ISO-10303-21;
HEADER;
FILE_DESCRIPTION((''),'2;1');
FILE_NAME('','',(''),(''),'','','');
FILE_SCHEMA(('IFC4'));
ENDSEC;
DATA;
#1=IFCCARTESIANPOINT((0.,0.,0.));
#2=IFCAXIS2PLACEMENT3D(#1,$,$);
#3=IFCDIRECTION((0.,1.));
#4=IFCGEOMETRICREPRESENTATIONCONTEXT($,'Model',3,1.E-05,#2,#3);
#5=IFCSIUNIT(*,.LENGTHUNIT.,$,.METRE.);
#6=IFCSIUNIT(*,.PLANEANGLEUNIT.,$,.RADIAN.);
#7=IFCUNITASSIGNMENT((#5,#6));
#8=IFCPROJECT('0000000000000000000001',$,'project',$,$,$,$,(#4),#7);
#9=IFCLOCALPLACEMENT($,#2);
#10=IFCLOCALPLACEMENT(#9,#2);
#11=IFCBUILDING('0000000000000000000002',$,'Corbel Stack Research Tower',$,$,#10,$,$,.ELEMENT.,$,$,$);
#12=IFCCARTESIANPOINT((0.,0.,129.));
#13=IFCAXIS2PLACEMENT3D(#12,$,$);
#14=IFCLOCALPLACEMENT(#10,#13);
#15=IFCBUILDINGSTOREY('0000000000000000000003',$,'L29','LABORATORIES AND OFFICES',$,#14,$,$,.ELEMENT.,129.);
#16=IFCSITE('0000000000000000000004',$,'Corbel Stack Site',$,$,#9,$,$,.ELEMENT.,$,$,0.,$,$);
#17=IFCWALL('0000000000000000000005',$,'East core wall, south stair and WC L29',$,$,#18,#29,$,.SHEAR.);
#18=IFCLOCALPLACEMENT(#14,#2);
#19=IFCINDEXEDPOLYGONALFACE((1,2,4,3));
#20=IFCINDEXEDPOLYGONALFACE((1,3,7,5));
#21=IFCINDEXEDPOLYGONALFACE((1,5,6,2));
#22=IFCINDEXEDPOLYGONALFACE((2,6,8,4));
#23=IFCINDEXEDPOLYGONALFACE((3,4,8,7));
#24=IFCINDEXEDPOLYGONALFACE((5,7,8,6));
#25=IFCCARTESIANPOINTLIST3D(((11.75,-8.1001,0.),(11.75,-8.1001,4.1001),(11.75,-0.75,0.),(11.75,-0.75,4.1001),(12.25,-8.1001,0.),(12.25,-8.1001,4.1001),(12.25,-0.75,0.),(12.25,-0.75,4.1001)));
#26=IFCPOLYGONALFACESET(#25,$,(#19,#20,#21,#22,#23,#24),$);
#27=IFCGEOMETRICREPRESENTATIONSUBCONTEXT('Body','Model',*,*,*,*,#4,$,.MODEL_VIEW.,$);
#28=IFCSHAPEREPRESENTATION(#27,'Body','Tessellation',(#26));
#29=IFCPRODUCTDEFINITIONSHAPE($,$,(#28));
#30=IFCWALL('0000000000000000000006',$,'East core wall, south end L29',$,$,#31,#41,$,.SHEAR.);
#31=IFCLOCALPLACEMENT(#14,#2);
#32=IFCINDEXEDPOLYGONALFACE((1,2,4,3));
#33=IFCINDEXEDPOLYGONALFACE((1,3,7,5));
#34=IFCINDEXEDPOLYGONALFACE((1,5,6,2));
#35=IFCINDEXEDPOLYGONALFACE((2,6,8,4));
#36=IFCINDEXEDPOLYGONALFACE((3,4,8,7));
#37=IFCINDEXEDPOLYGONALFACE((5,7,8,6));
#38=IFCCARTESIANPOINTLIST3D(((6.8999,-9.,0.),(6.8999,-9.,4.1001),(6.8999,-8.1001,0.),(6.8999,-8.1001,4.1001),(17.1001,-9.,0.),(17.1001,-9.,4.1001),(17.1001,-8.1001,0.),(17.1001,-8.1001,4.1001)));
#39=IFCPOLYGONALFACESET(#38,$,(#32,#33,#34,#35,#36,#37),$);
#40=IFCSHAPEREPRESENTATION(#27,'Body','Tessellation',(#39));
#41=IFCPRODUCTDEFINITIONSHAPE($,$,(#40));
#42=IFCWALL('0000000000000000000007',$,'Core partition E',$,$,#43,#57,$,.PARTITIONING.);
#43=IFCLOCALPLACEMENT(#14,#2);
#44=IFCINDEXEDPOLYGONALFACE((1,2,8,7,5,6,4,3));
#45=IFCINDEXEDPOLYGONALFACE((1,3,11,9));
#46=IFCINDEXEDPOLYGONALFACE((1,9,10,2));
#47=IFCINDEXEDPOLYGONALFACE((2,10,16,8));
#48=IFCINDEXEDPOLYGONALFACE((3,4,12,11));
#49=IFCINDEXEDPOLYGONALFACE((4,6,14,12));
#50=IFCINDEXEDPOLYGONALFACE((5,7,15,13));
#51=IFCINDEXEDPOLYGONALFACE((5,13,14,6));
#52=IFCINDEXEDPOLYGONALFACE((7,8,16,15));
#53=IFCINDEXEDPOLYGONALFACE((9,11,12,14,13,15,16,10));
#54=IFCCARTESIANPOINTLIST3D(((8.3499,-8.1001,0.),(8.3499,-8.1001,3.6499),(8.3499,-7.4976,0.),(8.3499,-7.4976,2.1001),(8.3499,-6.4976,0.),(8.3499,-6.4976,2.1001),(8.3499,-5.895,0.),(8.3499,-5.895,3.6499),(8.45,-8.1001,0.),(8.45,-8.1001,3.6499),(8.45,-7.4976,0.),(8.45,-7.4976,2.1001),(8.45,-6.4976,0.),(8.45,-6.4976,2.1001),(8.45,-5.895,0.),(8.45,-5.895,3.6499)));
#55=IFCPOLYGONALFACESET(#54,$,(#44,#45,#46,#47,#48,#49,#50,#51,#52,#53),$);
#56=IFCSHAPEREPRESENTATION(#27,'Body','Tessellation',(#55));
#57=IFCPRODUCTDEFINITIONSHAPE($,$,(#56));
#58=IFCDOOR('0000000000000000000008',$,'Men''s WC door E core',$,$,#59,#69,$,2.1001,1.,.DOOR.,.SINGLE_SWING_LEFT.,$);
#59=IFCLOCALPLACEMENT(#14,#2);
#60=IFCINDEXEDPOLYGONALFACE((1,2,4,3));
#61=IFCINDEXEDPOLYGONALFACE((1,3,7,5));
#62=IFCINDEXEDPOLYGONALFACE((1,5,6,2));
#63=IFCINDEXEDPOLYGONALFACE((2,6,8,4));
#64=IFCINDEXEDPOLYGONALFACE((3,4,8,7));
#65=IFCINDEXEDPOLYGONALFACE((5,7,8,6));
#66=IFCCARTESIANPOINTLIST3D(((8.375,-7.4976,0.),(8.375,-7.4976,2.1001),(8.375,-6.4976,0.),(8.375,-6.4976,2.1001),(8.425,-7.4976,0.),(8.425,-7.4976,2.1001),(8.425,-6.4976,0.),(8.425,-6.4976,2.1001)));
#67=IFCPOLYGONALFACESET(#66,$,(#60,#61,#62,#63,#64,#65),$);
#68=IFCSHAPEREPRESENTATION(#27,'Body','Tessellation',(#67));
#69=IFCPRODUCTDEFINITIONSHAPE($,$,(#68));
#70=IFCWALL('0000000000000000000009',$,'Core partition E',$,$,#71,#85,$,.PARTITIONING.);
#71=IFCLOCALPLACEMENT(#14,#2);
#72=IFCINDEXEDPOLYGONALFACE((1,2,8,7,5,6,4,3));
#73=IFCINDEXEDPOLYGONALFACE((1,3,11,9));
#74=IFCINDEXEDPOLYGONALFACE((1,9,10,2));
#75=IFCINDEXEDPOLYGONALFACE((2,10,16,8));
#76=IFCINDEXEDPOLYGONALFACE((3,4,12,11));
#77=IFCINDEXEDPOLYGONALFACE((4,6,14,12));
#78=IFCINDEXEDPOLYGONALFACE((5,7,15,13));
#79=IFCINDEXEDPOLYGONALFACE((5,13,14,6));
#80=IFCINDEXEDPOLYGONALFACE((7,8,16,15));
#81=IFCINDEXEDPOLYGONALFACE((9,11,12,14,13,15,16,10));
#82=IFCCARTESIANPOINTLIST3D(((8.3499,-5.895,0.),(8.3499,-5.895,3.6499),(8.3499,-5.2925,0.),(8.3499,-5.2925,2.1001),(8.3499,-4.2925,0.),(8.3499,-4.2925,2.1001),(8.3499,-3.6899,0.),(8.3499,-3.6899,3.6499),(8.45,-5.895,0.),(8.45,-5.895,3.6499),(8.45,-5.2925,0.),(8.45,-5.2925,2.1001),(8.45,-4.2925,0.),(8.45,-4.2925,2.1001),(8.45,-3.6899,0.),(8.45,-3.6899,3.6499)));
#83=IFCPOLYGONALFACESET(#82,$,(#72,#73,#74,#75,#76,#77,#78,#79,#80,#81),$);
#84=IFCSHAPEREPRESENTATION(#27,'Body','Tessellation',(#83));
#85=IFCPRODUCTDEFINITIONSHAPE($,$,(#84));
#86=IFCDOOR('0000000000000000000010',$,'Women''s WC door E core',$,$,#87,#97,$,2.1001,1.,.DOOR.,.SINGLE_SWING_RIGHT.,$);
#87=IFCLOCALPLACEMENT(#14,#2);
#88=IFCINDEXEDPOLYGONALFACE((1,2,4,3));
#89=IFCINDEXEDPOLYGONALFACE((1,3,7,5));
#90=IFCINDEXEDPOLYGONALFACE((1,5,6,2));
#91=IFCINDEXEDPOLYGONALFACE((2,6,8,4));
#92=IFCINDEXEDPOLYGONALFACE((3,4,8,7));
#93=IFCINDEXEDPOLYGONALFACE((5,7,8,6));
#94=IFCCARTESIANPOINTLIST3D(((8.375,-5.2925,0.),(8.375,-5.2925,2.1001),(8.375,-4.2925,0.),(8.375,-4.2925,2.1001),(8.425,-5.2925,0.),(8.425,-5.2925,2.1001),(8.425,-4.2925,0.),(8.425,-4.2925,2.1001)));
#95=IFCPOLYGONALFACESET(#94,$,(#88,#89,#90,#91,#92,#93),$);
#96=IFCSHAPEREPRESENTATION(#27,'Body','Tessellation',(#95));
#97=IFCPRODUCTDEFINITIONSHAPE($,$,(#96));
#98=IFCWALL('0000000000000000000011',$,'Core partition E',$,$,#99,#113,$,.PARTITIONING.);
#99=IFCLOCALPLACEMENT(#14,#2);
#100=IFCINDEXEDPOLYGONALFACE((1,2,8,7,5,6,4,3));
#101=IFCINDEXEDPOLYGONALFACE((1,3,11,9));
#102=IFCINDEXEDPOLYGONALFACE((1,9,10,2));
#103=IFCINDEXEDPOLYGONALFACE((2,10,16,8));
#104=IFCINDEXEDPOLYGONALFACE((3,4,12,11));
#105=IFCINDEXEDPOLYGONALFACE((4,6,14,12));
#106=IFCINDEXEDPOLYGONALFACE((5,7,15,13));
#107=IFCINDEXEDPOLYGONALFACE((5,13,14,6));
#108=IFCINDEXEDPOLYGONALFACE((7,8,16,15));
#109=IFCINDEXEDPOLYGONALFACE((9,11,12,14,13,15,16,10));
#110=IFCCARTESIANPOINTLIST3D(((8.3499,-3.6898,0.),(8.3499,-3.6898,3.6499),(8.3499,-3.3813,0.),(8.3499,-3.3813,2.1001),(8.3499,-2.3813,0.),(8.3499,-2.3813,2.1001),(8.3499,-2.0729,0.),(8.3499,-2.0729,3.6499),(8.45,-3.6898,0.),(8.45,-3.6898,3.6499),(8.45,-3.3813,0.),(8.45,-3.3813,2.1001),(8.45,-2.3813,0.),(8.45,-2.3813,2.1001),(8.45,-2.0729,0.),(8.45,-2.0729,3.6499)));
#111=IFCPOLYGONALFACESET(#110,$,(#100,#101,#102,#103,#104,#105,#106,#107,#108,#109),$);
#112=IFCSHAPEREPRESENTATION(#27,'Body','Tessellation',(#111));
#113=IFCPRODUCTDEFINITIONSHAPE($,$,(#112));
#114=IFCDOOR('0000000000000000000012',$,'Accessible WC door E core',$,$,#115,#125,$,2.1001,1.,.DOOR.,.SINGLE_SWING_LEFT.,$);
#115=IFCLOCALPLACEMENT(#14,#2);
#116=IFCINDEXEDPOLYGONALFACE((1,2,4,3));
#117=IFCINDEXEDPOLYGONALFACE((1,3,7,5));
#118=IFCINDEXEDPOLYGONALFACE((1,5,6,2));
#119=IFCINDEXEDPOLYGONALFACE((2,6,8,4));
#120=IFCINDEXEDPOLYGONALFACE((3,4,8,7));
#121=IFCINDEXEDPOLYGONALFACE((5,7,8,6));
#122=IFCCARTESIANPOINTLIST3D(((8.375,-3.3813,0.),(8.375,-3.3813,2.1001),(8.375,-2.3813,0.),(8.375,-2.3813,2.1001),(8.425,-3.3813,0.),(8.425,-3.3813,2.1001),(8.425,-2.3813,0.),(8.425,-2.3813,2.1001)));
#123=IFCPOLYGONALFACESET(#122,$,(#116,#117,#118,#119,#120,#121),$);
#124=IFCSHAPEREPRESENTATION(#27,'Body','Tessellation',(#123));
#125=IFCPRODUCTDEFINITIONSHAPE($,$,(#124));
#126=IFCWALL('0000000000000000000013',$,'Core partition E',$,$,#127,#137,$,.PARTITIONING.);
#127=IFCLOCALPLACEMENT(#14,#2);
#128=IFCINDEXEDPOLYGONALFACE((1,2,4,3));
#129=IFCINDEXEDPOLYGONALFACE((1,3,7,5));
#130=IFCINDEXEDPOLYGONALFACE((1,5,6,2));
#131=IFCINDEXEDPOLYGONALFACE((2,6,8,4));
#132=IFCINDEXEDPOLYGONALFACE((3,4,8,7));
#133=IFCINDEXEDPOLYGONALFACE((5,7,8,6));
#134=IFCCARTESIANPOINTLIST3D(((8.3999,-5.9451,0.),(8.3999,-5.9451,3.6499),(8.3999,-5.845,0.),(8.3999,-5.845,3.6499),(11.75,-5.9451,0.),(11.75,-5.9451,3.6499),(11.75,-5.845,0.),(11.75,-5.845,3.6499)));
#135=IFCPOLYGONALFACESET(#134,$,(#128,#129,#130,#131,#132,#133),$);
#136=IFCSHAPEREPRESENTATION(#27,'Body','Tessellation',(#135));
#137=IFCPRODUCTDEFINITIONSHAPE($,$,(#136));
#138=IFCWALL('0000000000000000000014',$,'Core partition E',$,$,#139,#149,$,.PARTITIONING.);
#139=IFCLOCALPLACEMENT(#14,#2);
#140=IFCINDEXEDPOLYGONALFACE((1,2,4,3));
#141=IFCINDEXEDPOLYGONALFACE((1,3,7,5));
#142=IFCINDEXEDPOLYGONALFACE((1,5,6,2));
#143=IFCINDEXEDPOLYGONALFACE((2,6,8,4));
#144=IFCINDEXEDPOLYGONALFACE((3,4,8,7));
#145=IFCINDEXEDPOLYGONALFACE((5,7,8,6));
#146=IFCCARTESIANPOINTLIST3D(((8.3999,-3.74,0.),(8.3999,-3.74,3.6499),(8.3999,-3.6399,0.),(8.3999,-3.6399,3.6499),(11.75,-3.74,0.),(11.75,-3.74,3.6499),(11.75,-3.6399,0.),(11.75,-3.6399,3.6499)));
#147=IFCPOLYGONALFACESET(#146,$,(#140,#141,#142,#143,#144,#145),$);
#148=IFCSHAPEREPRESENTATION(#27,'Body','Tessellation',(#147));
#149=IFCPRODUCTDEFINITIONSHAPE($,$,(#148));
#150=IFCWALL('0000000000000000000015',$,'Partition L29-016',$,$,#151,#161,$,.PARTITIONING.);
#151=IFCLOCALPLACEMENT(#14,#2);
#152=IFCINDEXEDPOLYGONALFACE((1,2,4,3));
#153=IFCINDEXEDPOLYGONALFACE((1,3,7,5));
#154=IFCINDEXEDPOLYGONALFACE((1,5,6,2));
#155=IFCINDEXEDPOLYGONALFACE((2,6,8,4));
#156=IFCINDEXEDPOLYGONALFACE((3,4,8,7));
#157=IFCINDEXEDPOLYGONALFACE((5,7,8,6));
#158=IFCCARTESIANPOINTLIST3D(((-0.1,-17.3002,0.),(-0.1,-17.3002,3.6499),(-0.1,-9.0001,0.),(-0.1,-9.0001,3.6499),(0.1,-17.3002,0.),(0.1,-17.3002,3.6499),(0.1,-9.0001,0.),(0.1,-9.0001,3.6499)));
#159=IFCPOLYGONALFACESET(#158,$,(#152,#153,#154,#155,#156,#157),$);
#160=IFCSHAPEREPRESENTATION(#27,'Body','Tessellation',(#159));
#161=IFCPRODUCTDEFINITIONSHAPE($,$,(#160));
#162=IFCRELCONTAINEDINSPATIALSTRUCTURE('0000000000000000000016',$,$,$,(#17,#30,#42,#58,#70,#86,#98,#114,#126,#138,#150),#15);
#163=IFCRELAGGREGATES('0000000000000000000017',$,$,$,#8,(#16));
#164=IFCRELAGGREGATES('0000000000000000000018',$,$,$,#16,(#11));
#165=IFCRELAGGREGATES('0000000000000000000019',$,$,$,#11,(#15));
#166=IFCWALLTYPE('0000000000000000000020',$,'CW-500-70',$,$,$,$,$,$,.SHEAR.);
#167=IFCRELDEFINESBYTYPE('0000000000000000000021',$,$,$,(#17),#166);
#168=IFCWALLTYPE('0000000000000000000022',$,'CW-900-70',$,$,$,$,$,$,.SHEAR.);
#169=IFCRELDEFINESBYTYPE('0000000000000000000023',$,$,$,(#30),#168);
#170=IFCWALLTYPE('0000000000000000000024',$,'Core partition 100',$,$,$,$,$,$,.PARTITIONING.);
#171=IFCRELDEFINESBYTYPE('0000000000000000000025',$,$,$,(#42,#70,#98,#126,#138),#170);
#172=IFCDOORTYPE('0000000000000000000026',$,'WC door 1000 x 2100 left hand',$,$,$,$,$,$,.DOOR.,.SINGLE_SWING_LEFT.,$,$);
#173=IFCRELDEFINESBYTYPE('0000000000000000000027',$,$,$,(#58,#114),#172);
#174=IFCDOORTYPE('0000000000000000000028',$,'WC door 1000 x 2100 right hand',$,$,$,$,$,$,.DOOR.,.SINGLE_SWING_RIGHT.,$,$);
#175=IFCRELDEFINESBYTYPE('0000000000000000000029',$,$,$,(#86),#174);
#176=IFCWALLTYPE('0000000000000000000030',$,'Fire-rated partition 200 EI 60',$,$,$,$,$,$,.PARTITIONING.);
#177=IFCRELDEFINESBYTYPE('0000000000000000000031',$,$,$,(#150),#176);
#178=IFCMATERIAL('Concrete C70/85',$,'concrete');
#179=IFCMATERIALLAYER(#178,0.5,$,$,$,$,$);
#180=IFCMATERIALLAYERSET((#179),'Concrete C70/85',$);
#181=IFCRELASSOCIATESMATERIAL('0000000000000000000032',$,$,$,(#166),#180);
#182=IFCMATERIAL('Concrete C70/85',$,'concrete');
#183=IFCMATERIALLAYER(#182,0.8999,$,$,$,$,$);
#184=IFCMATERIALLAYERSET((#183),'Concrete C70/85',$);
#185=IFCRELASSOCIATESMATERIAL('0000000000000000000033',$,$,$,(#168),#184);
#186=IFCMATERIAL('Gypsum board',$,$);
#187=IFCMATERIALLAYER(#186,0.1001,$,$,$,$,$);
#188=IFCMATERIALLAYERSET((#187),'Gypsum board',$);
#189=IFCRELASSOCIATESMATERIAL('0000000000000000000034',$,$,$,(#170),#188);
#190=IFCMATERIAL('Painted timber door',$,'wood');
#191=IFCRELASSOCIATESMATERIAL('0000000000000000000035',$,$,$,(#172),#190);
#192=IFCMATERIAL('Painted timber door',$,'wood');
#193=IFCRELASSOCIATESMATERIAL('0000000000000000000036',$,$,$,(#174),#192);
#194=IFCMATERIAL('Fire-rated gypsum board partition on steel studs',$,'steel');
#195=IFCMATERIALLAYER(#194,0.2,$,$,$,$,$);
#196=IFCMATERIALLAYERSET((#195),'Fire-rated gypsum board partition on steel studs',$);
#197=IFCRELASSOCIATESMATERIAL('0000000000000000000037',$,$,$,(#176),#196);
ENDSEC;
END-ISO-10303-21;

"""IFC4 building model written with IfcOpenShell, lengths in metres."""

from ifc_helpers import new_model, si_unit, direction, frame, frame_2d, origin, place, context, subcontext, project, spatial, rectangle, extrude, material, layer, layer_set, type_object, element, fill, save


model = new_model("IFC4")

# Units and contexts
model_context = context("Model", 3, precision=1e-05, world=origin(), true_north=direction((0.0, 1.0)))
body_context = subcontext(model_context, "Body", "Model", "MODEL_VIEW")
ifc_project = project(units=[si_unit("LENGTHUNIT", "METRE"), si_unit("PLANEANGLEUNIT", "RADIAN")], contexts=[model_context])

# Site, building, storey
site_placement = place(None, origin())
site = spatial("IfcSite", under=ifc_project, at=site_placement, Name="Corbel Stack Site", CompositionType="ELEMENT", RefElevation=0.0)
building_placement = place(site_placement, origin())
building = spatial("IfcBuilding", under=site, at=building_placement, Name="Corbel Stack Research Tower", CompositionType="ELEMENT")
storey_placement = place(building_placement, frame((0.0, 0.0, 129.0)))
storey = spatial("IfcBuildingStorey", under=building, at=storey_placement, Name="L29", Description="LABORATORIES AND OFFICES", CompositionType="ELEMENT", Elevation=129.0)

# Wall
ifc_material_1 = material(Name="Concrete C70/85", Category="concrete")
ifc_layer_1 = layer(ifc_material_1, 0.5)
ifc_layer_set_1 = layer_set([ifc_layer_1], Name="Concrete C70/85")
wall_type_1 = type_object("IfcWallType", Name="CW-500-70", PredefinedType="SHEAR", material=ifc_layer_set_1)
wall_1_placement = place(storey_placement, frame((12.0, -8.1001, 0.0), z_axis=(0.0, 0.0, 1.0), x_axis=(0.0, 1.0, 0.0)))
element("IfcWall", 1, at=wall_1_placement, inside=storey, type_object=wall_type_1, Name="East core wall, south stair and WC L29", PredefinedType="SHEAR", context=body_context, shape_type="SweptSolid", body=[
    extrude(rectangle(XDim=7.3501, YDim=0.5, at=frame_2d((3.675, 0.0))), origin(), (0.0, 0.0, 1.0), 4.1001),
])

# Shared definitions
ifc_material_2 = material(Name="Concrete C70/85", Category="concrete")
ifc_layer_2 = layer(ifc_material_2, 0.8999)
ifc_layer_set_2 = layer_set([ifc_layer_2], Name="Concrete C70/85")
wall_type_2 = type_object("IfcWallType", Name="CW-900-70", PredefinedType="SHEAR", material=ifc_layer_set_2)

# Wall
wall_2_placement = place(storey_placement, frame((6.8999, -8.55, 0.0), z_axis=(0.0, 0.0, 1.0), x_axis=(1.0, 0.0, 0.0)))
element("IfcWall", 2, at=wall_2_placement, inside=storey, type_object=wall_type_2, Name="East core wall, south end L29", PredefinedType="SHEAR", context=body_context, shape_type="SweptSolid", body=[
    extrude(rectangle(XDim=10.2002, YDim=0.8999, at=frame_2d((5.1001, 0.0))), origin(), (0.0, 0.0, 1.0), 4.1001),
])

# Walls, openings, doors
ifc_material_3 = material(Name="Gypsum board")
ifc_layer_3 = layer(ifc_material_3, 0.1001)
ifc_layer_set_3 = layer_set([ifc_layer_3], Name="Gypsum board")
wall_type_3 = type_object("IfcWallType", Name="Core partition 100", PredefinedType="PARTITIONING", material=ifc_layer_set_3)
wall_3_placement = place(storey_placement, frame((8.3999, -8.1001, 0.0), z_axis=(0.0, 0.0, 1.0), x_axis=(0.0, 1.0, 0.0)))
wall_3 = element("IfcWall", 3, at=wall_3_placement, inside=storey, type_object=wall_type_3, Name="Core partition E", PredefinedType="PARTITIONING", context=body_context, shape_type="SweptSolid", body=[
    extrude(rectangle(XDim=2.2051, YDim=0.1001, at=frame_2d((1.1025, 0.0))), origin(), (0.0, 0.0, 1.0), 3.6499),
])
opening_1_placement = place(wall_3_placement, frame((0.6025, 0.0, 0.0)))
opening_1 = element("IfcOpeningElement", 4, at=opening_1_placement, cuts=wall_3, PredefinedType="OPENING", context=body_context, shape_type="SweptSolid", body=[
    extrude(rectangle(XDim=1.0, YDim=2.1001, at=frame_2d((0.5, 1.05))), frame((0.0, 0.0601, 0.0), z_axis=(0.0, -1.0, 0.0), x_axis=(1.0, 0.0, 0.0)), (0.0, 0.0, 1.0), 0.1201),
])
ifc_material_4 = material(Name="Painted timber door", Category="wood")
door_type_1 = type_object("IfcDoorType", Name="WC door 1000 x 2100 left hand", OperationType="SINGLE_SWING_LEFT", PredefinedType="DOOR", material=ifc_material_4)
door_1_placement = place(opening_1_placement, origin())
door_1 = element("IfcDoor", 5, at=door_1_placement, inside=storey, type_object=door_type_1, Name="Men's WC door E core", OperationType="SINGLE_SWING_LEFT", OverallHeight=2.1001, OverallWidth=1.0, PredefinedType="DOOR", context=body_context, shape_type="SweptSolid", body=[
    extrude(rectangle(XDim=1.0, YDim=2.1001, at=frame_2d((0.5, 1.05))), frame((0.0, 0.0249, 0.0), z_axis=(0.0, -1.0, 0.0), x_axis=(1.0, 0.0, 0.0)), (0.0, 0.0, 1.0), 0.05),
])
fill(opening_1, door_1)
wall_4_placement = place(storey_placement, frame((8.3999, -5.895, 0.0), z_axis=(0.0, 0.0, 1.0), x_axis=(0.0, 1.0, 0.0)))
wall_4 = element("IfcWall", 6, at=wall_4_placement, inside=storey, type_object=wall_type_3, Name="Core partition E", PredefinedType="PARTITIONING", context=body_context, shape_type="SweptSolid", body=[
    extrude(rectangle(XDim=2.2051, YDim=0.1001, at=frame_2d((1.1025, 0.0))), origin(), (0.0, 0.0, 1.0), 3.6499),
])
opening_2_placement = place(wall_4_placement, frame((0.6025, 0.0, 0.0)))
opening_2 = element("IfcOpeningElement", 7, at=opening_2_placement, cuts=wall_4, PredefinedType="OPENING", context=body_context, shape_type="SweptSolid", body=[
    extrude(rectangle(XDim=1.0, YDim=2.1001, at=frame_2d((0.5, 1.05))), frame((0.0, 0.0601, 0.0), z_axis=(0.0, -1.0, 0.0), x_axis=(1.0, 0.0, 0.0)), (0.0, 0.0, 1.0), 0.1201),
])
ifc_material_5 = material(Name="Painted timber door", Category="wood")
door_type_2 = type_object("IfcDoorType", Name="WC door 1000 x 2100 right hand", OperationType="SINGLE_SWING_RIGHT", PredefinedType="DOOR", material=ifc_material_5)
door_2_placement = place(opening_2_placement, origin())
door_2 = element("IfcDoor", 8, at=door_2_placement, inside=storey, type_object=door_type_2, Name="Women's WC door E core", OperationType="SINGLE_SWING_RIGHT", OverallHeight=2.1001, OverallWidth=1.0, PredefinedType="DOOR", context=body_context, shape_type="SweptSolid", body=[
    extrude(rectangle(XDim=1.0, YDim=2.1001, at=frame_2d((0.5, 1.05))), frame((0.0, 0.0249, 0.0), z_axis=(0.0, -1.0, 0.0), x_axis=(1.0, 0.0, 0.0)), (0.0, 0.0, 1.0), 0.05),
])
fill(opening_2, door_2)
wall_5_placement = place(storey_placement, frame((8.3999, -3.6899, 0.0), z_axis=(0.0, 0.0, 1.0), x_axis=(0.0, 1.0, 0.0)))
wall_5 = element("IfcWall", 9, at=wall_5_placement, inside=storey, type_object=wall_type_3, Name="Core partition E", PredefinedType="PARTITIONING", context=body_context, shape_type="SweptSolid", body=[
    extrude(rectangle(XDim=1.6169, YDim=0.1001, at=frame_2d((0.8086, 0.0))), origin(), (0.0, 0.0, 1.0), 3.6499),
])
opening_3_placement = place(wall_5_placement, frame((0.3086, 0.0, 0.0)))
opening_3 = element("IfcOpeningElement", 10, at=opening_3_placement, cuts=wall_5, PredefinedType="OPENING", context=body_context, shape_type="SweptSolid", body=[
    extrude(rectangle(XDim=1.0, YDim=2.1001, at=frame_2d((0.5, 1.05))), frame((0.0, 0.0601, 0.0), z_axis=(0.0, -1.0, 0.0), x_axis=(1.0, 0.0, 0.0)), (0.0, 0.0, 1.0), 0.1201),
])
door_3_placement = place(opening_3_placement, origin())
door_3 = element("IfcDoor", 11, at=door_3_placement, inside=storey, type_object=door_type_1, Name="Accessible WC door E core", OperationType="SINGLE_SWING_LEFT", OverallHeight=2.1001, OverallWidth=1.0, PredefinedType="DOOR", context=body_context, shape_type="SweptSolid", body=[
    extrude(rectangle(XDim=1.0, YDim=2.1001, at=frame_2d((0.5, 1.05))), frame((0.0, 0.0249, 0.0), z_axis=(0.0, -1.0, 0.0), x_axis=(1.0, 0.0, 0.0)), (0.0, 0.0, 1.0), 0.05),
])
fill(opening_3, door_3)

# Walls
for number, where, z_axis, x_axis, name in (
    (12, (8.3999, -5.895, 0.0), (0.0, 0.0, 1.0), (1.0, 0.0, 0.0), "Core partition E"),
    (13, (8.3999, -3.6899, 0.0), (0.0, 0.0, 1.0), (1.0, 0.0, 0.0), "Core partition E"),
):
    element("IfcWall", number, at=place(storey_placement, frame(where, z_axis=z_axis, x_axis=x_axis)), inside=storey, type_object=wall_type_3, Name=name, PredefinedType="PARTITIONING", context=body_context, shape_type="SweptSolid", body=[
        extrude(rectangle(XDim=3.3501, YDim=0.1001, at=frame_2d((1.675, 0.0))), origin(), (0.0, 0.0, 1.0), 3.6499),
    ])
ifc_material_6 = material(Name="Fire-rated gypsum board partition on steel studs", Category="steel")
ifc_layer_4 = layer(ifc_material_6, 0.2)
ifc_layer_set_4 = layer_set([ifc_layer_4], Name="Fire-rated gypsum board partition on steel studs")
wall_type_4 = type_object("IfcWallType", Name="Fire-rated partition 200 EI 60", PredefinedType="PARTITIONING", material=ifc_layer_set_4)
wall_6_placement = place(storey_placement, frame((0.0, -17.3, 0.0), z_axis=(0.0, 0.0, 1.0), x_axis=(0.0, 1.0, 0.0)))
element("IfcWall", 14, at=wall_6_placement, inside=storey, type_object=wall_type_4, Name="Partition L29-016", PredefinedType="PARTITIONING", context=body_context, shape_type="SweptSolid", body=[
    extrude(rectangle(XDim=8.3, YDim=0.2, at=frame_2d((4.1499, 0.0))), origin(), (0.0, 0.0, 1.0), 3.6499),
])

save(model, "model.ifc")
